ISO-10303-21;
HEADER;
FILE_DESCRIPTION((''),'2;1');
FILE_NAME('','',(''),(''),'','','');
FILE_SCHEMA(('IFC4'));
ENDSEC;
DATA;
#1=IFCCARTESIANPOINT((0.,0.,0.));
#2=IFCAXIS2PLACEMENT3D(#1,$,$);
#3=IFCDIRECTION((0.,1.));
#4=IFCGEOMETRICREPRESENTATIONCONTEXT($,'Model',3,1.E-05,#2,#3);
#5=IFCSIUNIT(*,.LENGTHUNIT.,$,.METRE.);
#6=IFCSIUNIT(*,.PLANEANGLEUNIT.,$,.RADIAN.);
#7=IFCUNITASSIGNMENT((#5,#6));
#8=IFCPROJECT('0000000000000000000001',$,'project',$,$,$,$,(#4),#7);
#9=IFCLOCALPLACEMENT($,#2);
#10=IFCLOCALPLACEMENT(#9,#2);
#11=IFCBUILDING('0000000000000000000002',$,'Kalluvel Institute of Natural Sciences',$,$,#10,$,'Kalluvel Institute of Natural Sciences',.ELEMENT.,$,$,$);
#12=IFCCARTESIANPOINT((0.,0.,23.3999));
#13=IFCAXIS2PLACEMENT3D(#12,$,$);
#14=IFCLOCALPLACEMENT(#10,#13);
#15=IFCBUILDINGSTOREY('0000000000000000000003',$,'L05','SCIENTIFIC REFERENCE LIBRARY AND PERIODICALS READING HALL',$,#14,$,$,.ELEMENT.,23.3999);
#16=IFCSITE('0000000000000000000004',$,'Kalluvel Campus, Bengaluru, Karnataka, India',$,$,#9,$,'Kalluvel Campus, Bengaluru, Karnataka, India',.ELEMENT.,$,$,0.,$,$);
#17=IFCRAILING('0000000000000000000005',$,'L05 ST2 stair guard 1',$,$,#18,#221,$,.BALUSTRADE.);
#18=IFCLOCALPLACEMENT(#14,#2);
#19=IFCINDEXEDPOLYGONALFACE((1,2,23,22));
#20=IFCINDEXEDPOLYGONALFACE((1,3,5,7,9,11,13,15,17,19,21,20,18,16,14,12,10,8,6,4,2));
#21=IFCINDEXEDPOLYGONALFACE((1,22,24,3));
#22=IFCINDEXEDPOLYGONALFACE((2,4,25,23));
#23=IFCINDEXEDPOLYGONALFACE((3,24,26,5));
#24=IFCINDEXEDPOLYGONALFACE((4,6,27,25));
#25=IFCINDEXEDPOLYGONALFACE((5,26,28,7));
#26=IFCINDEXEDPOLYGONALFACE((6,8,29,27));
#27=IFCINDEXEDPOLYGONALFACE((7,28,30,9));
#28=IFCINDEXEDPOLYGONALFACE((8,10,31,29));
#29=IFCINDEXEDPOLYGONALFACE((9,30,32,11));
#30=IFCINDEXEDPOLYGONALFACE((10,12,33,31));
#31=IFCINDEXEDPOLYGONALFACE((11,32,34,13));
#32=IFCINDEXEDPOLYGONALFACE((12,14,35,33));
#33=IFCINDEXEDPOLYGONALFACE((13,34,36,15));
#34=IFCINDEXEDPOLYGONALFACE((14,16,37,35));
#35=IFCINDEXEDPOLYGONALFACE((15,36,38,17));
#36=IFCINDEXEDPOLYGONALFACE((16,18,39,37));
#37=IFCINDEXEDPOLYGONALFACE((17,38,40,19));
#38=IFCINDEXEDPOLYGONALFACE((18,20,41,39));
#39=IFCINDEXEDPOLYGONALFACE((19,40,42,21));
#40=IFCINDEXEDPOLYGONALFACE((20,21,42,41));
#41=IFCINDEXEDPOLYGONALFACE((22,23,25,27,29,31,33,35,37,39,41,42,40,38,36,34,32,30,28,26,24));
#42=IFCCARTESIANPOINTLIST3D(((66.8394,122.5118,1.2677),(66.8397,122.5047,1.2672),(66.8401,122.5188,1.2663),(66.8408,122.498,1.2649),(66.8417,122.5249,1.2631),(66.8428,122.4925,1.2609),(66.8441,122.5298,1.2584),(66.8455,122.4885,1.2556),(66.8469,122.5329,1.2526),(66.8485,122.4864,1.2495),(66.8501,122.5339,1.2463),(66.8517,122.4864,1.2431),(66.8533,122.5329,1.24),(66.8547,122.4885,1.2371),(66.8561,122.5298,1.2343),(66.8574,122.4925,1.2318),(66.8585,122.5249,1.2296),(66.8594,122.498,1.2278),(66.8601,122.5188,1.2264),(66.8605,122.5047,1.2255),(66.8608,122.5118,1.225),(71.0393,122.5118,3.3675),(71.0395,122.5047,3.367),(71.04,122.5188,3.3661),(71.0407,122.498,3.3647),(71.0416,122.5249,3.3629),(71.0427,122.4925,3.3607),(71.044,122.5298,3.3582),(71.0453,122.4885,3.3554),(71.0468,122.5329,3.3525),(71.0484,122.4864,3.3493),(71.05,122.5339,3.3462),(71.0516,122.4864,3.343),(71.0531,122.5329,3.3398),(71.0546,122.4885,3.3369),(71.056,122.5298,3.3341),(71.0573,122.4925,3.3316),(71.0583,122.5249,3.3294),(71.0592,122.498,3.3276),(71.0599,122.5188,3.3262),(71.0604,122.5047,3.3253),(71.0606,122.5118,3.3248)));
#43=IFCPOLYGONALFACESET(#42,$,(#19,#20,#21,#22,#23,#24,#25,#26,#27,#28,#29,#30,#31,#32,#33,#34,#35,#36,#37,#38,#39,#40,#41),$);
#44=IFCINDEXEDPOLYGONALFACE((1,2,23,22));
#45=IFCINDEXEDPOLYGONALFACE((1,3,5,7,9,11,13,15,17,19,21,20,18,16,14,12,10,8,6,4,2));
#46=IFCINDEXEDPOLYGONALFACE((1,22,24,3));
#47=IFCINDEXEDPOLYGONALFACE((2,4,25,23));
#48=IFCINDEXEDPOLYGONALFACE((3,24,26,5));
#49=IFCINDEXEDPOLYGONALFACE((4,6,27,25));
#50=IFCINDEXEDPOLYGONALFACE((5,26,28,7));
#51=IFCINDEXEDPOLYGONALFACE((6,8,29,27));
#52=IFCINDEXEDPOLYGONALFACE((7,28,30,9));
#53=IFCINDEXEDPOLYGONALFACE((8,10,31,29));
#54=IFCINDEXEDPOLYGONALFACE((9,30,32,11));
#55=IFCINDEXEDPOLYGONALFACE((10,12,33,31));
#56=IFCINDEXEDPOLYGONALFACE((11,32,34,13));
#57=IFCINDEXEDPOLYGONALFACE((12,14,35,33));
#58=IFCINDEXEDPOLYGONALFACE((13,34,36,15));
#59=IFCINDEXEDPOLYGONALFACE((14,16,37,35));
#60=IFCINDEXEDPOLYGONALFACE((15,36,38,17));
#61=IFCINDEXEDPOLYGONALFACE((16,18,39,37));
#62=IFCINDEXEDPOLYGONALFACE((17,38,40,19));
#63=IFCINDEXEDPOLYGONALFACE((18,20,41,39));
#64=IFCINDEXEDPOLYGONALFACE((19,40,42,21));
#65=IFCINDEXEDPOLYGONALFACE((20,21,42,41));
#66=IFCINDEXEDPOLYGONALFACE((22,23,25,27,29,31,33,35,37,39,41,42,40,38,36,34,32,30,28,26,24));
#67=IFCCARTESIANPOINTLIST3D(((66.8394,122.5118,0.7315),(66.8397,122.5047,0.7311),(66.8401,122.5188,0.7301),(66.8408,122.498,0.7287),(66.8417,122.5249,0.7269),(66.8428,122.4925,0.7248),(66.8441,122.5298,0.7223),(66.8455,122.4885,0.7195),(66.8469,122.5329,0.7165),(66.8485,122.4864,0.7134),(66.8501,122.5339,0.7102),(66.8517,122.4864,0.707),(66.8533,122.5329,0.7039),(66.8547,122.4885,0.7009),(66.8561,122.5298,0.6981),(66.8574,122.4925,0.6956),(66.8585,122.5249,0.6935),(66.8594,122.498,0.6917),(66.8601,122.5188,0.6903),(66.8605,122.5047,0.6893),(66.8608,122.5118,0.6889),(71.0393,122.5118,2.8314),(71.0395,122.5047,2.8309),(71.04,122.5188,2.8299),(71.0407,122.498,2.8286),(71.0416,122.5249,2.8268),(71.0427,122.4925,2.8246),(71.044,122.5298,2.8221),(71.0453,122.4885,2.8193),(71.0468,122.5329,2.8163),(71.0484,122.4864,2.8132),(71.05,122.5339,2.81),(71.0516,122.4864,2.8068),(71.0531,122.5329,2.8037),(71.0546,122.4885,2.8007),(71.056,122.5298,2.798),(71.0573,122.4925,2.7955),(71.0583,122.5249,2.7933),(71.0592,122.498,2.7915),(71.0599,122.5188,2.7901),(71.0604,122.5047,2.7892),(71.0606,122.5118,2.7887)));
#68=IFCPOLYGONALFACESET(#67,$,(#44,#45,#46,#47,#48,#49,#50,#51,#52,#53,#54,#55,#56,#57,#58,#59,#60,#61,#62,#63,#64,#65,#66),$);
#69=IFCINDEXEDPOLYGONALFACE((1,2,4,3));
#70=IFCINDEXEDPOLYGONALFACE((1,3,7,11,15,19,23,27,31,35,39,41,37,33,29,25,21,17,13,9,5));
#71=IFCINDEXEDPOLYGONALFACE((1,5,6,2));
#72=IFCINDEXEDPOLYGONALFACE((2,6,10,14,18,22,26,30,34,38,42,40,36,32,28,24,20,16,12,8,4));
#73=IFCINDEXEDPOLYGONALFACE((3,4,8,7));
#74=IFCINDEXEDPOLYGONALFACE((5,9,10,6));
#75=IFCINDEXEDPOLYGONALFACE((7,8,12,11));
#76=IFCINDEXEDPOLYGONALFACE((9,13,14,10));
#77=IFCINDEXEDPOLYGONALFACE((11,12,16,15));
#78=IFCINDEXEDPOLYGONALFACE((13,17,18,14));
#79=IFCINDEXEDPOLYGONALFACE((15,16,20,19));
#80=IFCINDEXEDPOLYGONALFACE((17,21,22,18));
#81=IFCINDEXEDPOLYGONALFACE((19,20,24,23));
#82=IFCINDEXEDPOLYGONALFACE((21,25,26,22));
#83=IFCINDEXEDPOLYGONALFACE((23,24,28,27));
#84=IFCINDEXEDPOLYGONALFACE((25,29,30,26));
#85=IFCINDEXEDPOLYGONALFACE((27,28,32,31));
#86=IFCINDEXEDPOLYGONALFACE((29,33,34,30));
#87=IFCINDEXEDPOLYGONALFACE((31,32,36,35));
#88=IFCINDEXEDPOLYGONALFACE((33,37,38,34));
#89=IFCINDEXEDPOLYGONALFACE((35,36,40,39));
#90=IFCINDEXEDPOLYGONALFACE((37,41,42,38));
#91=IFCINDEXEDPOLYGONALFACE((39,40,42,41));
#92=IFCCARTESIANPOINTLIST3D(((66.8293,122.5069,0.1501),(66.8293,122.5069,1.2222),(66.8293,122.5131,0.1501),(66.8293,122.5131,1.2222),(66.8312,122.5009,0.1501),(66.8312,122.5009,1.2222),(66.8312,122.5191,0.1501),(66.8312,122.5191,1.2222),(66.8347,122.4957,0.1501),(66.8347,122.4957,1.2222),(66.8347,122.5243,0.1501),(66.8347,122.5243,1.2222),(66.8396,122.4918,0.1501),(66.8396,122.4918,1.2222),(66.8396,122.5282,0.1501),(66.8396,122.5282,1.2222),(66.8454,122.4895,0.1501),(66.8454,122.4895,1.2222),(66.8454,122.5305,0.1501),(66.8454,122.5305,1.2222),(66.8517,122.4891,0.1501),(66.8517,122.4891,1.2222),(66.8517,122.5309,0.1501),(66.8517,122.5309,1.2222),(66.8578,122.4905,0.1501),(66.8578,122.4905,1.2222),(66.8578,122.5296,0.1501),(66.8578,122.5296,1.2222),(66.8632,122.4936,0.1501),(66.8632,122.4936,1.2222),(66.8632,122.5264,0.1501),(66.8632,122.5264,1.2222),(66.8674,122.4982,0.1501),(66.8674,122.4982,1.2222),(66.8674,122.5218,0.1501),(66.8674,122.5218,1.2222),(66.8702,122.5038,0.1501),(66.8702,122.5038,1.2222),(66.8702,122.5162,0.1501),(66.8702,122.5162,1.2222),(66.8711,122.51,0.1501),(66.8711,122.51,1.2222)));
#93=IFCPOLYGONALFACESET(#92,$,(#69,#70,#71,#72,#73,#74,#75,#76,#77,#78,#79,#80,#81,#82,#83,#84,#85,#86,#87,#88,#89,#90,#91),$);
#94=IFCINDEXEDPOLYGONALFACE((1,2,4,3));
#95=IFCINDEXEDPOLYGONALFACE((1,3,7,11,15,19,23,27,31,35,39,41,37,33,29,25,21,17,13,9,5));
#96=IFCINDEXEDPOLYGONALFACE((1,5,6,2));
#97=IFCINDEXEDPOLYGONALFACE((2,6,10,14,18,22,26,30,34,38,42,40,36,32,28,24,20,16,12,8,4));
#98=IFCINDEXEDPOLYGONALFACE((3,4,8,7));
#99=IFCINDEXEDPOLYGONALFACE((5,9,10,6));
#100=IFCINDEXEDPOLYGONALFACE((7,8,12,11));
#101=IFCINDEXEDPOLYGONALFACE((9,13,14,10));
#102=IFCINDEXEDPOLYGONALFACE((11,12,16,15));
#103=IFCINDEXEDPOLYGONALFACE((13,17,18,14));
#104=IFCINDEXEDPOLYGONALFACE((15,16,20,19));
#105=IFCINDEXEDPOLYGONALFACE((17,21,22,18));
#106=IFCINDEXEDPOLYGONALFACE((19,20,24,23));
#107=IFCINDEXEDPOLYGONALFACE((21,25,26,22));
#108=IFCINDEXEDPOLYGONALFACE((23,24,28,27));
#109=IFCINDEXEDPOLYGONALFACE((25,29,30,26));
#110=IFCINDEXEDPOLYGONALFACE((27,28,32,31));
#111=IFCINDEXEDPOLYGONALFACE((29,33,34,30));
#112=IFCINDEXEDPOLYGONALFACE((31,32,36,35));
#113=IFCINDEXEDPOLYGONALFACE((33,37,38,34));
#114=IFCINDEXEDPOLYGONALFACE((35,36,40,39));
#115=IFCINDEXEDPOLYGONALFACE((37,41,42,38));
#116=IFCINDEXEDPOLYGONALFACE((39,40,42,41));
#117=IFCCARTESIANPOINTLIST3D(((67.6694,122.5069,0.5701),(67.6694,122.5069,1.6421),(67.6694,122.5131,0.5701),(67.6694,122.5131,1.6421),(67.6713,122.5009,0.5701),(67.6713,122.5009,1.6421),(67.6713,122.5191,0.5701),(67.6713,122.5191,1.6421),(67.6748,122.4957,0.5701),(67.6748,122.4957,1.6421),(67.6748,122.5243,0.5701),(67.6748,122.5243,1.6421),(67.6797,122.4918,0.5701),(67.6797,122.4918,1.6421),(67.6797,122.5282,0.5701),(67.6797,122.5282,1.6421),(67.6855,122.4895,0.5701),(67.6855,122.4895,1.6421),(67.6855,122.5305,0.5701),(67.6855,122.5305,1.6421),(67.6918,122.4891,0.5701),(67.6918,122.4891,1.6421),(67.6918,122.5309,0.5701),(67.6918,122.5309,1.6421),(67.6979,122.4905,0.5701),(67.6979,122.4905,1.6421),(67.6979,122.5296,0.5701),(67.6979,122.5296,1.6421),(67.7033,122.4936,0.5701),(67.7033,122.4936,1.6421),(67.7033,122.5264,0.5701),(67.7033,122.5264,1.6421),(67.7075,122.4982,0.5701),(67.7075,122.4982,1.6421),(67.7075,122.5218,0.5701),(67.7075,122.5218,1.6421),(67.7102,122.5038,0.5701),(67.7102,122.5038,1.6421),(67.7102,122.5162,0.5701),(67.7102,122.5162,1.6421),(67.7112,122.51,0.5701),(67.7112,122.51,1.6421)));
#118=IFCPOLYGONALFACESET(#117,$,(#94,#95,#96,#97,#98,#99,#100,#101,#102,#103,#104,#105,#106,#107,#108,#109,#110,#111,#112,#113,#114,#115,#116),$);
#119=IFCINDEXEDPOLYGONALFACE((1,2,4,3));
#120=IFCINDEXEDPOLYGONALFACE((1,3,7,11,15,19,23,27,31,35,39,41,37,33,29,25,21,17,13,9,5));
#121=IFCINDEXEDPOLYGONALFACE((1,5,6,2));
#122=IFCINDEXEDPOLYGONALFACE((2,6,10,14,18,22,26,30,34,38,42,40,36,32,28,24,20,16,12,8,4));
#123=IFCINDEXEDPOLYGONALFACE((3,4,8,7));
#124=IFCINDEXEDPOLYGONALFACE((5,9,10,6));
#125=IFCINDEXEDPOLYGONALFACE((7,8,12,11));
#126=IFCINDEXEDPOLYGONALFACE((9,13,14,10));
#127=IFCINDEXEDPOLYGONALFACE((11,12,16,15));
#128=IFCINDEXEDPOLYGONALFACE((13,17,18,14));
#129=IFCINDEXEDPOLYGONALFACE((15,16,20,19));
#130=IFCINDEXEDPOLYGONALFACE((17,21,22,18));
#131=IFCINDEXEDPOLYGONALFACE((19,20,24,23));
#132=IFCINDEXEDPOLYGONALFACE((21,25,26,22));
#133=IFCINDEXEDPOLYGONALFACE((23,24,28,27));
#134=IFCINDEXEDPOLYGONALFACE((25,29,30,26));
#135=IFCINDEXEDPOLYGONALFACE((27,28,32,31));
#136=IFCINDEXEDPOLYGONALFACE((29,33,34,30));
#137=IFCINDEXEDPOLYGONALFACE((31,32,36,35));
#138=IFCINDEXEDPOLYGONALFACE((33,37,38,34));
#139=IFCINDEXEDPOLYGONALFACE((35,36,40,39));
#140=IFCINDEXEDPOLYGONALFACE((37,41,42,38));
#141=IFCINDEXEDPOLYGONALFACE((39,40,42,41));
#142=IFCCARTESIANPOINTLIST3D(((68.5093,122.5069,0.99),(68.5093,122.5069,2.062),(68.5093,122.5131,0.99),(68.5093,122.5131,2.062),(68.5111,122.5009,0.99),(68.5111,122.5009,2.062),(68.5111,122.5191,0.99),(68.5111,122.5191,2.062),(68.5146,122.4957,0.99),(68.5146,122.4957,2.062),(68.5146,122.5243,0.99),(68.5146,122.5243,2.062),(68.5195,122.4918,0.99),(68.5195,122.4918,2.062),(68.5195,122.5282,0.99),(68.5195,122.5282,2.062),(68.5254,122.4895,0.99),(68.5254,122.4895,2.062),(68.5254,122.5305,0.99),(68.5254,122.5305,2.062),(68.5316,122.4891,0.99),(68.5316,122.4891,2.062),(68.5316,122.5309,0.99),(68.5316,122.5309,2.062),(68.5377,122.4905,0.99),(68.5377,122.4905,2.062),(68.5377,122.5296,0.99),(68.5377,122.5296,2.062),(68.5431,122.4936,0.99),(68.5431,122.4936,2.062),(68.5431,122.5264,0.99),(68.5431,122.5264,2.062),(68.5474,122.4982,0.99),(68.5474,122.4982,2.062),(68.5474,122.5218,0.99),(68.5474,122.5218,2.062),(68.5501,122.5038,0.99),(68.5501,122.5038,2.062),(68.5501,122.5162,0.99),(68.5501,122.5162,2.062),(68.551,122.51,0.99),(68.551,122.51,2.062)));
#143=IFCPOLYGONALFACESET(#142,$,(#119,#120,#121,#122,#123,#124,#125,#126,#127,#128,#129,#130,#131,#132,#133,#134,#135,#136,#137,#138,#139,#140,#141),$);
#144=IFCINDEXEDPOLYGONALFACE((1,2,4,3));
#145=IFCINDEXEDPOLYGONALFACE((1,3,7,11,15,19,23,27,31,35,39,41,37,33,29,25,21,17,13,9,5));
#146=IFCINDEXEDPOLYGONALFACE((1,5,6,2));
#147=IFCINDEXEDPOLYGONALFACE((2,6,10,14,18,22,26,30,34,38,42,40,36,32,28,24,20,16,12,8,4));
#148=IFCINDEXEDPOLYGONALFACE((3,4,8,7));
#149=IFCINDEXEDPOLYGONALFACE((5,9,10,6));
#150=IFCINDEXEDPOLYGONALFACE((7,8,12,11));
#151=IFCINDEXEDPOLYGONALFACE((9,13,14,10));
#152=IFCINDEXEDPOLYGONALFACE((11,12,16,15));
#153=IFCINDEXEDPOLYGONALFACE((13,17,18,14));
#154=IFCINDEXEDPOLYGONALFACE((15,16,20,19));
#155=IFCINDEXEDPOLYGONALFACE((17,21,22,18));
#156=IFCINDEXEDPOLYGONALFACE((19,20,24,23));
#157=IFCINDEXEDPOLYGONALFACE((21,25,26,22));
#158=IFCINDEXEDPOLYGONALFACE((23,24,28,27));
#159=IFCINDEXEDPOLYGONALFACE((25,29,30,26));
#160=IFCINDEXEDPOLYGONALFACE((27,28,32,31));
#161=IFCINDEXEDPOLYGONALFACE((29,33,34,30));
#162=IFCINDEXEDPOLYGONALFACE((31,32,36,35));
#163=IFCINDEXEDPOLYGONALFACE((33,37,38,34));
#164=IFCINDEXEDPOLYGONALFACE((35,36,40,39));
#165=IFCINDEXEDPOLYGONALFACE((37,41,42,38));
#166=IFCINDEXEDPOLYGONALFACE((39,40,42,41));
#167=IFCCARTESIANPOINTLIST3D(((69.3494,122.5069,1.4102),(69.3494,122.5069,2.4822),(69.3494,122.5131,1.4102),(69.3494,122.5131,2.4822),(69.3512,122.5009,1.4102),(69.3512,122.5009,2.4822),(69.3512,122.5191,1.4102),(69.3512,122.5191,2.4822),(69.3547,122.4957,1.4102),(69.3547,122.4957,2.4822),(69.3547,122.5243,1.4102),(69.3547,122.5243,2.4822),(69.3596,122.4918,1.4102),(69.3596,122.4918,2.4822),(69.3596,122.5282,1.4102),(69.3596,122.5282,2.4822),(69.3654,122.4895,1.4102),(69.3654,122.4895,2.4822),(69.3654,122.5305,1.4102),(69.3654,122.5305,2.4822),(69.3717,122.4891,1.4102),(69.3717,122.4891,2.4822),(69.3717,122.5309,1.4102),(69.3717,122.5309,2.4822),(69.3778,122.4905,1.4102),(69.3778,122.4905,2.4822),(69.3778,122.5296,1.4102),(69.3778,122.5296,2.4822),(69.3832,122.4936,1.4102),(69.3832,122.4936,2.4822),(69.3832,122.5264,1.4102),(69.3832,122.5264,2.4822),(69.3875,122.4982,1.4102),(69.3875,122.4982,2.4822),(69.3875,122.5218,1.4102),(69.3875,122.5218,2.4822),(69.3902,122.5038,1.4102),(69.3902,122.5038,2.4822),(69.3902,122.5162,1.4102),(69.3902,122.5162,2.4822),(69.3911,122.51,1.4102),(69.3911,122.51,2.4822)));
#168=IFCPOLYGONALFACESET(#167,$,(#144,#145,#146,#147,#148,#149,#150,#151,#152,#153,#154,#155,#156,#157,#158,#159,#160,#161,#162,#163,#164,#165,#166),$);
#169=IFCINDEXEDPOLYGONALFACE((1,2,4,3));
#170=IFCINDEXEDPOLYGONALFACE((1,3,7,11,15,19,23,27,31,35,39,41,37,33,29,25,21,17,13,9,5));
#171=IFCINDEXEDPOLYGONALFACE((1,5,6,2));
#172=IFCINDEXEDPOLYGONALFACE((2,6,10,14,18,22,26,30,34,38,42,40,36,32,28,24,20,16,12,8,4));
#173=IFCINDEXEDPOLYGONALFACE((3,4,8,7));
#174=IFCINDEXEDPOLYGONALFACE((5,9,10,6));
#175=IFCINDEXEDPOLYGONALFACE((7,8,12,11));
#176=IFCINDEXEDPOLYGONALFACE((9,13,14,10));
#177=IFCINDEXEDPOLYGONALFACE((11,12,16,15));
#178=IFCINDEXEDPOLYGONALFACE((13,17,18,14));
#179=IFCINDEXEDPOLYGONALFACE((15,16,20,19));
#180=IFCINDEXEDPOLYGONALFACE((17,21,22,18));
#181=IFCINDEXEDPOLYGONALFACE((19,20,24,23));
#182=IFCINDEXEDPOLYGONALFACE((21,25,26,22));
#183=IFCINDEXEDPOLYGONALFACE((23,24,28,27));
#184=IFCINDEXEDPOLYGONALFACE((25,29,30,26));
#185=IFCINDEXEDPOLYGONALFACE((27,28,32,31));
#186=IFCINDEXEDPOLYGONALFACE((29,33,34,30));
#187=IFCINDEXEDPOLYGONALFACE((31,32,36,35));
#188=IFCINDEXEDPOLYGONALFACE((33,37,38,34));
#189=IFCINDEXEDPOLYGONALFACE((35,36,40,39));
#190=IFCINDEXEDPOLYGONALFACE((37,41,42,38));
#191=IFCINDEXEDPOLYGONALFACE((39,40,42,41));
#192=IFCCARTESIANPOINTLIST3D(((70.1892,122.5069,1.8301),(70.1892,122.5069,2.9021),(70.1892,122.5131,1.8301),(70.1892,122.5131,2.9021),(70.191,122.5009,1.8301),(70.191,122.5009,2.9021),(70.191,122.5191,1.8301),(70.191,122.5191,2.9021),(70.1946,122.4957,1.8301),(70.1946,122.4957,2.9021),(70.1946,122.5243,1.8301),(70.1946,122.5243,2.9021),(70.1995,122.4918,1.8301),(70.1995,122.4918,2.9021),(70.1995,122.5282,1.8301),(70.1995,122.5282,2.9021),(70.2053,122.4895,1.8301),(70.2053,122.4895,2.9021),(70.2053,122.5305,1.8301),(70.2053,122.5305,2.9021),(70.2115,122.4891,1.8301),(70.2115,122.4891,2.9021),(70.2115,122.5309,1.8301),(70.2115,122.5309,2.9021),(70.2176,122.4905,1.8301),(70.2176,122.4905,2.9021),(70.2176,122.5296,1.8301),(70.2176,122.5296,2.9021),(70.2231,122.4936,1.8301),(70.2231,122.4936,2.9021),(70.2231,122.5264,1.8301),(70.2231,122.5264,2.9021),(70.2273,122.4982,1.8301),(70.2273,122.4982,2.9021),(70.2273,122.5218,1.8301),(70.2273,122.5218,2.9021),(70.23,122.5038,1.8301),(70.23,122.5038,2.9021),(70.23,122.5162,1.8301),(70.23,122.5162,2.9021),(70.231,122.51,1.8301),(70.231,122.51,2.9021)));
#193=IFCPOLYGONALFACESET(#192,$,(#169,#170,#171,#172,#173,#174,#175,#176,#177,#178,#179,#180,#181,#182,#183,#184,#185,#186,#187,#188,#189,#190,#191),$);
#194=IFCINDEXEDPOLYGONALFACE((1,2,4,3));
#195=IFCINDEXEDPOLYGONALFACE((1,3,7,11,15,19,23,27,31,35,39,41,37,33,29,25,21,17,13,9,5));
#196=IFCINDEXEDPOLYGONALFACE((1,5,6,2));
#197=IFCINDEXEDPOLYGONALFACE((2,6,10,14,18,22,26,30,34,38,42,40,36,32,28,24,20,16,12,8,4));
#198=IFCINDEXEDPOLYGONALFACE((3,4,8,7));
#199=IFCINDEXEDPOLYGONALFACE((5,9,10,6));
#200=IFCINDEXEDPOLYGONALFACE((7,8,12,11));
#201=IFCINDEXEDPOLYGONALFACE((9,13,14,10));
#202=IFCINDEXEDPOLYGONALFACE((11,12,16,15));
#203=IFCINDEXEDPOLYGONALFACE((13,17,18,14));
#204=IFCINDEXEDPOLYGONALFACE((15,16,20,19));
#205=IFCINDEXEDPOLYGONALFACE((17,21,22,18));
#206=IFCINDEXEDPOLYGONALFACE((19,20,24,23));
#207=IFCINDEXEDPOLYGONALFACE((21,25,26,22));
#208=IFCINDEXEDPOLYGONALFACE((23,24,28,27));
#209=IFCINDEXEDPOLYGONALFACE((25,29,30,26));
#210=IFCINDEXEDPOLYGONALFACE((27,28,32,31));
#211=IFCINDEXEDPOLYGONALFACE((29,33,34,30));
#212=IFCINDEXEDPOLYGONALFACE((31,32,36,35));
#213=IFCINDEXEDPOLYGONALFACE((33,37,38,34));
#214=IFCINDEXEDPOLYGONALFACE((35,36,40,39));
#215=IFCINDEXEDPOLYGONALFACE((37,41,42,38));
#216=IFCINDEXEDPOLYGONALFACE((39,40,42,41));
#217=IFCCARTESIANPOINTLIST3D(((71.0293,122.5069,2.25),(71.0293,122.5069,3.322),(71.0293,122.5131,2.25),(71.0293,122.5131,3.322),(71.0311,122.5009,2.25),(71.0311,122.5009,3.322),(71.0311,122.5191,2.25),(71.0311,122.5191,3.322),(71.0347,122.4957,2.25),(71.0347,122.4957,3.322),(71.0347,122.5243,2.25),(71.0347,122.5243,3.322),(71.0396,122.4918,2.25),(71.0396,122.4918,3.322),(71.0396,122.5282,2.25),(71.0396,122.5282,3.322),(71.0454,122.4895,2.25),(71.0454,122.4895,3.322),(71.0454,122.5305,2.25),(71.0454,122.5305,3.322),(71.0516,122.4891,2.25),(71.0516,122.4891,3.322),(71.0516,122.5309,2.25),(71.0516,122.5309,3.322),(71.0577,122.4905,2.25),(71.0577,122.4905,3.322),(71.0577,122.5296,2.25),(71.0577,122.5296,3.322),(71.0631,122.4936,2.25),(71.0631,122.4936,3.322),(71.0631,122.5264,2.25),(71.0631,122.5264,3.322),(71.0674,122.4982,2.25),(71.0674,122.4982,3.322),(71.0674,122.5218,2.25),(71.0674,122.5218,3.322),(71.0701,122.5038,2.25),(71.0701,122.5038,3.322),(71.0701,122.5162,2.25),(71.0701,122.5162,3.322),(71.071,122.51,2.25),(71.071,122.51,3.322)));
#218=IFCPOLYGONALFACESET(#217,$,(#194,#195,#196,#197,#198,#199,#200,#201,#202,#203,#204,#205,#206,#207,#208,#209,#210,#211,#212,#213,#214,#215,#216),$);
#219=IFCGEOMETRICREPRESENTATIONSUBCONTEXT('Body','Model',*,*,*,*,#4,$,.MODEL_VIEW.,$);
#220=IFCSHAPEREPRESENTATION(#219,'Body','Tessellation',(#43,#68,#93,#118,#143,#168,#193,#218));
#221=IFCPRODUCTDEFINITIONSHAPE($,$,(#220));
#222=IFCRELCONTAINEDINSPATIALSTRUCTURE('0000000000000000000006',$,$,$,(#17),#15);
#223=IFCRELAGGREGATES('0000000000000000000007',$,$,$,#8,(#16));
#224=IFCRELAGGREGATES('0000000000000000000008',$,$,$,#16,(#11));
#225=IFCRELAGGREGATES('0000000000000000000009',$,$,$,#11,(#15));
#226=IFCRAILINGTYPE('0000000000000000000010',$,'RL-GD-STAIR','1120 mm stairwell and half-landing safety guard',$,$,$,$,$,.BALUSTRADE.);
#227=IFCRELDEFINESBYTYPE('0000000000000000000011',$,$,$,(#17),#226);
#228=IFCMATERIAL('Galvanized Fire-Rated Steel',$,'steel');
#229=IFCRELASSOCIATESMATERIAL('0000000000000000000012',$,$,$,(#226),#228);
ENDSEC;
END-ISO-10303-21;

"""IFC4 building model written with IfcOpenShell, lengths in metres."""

from ifc_helpers import new_model, si_unit, direction, frame, origin, origin_2d, place, context, subcontext, project, spatial, circle, extrude, material, type_object, element, save


model = new_model("IFC4")

# Units and contexts
model_context = context("Model", 3, precision=1e-05, world=origin(), true_north=direction((0.0, 1.0)))
body_context = subcontext(model_context, "Body", "Model", "MODEL_VIEW")
ifc_project = project(units=[si_unit("LENGTHUNIT", "METRE"), si_unit("PLANEANGLEUNIT", "RADIAN")], contexts=[model_context])

# Site, building, storey
site_placement = place(None, origin())
site = spatial("IfcSite", under=ifc_project, at=site_placement, Name="Kalluvel Campus, Bengaluru, Karnataka, India", LongName="Kalluvel Campus, Bengaluru, Karnataka, India", CompositionType="ELEMENT", RefElevation=0.0)
building_placement = place(site_placement, origin())
building = spatial("IfcBuilding", under=site, at=building_placement, Name="Kalluvel Institute of Natural Sciences", LongName="Kalluvel Institute of Natural Sciences", CompositionType="ELEMENT")
storey_placement = place(building_placement, frame((0.0, 0.0, 23.3999)))
storey = spatial("IfcBuildingStorey", under=building, at=storey_placement, Name="L05", Description="SCIENTIFIC REFERENCE LIBRARY AND PERIODICALS READING HALL", CompositionType="ELEMENT", Elevation=23.3999)

# Shared definitions
ifc_material_1 = material(Name="Galvanized Fire-Rated Steel", Category="steel")

# Railing
railing_type_1 = type_object("IfcRailingType", Name="RL-GD-STAIR", Description="1120 mm stairwell and half-landing safety guard", PredefinedType="BALUSTRADE", material=ifc_material_1)
railing_1_placement = place(storey_placement, frame((66.8501, 122.51, 0.1501)))
element("IfcRailing", 1, at=railing_1_placement, inside=storey, type_object=railing_type_1, Name="L05 ST2 stair guard 1", PredefinedType="BALUSTRADE", context=body_context, shape_type="SweptSolid", body=[
    extrude(circle(Radius=0.0239, at=origin_2d()), frame((0.0, 0.0, 1.0962), z_axis=(0.894438, 0.0, 0.447193), x_axis=(0.0, 1.0, 0.0)), (0.0, 0.0, 1.0), 4.6956),
    extrude(circle(Radius=0.0239, at=origin_2d()), frame((0.0, 0.0, 0.5601), z_axis=(0.894438, 0.0, 0.447193), x_axis=(0.0, 1.0, 0.0)), (0.0, 0.0, 1.0), 4.6956),
    extrude(circle(Radius=0.021, at=origin_2d()), origin(), (0.0, 0.0, 1.0), 1.072),
    extrude(circle(Radius=0.021, at=origin_2d()), frame((0.8401, 0.0, 0.4199)), (0.0, 0.0, 1.0), 1.072),
    extrude(circle(Radius=0.021, at=origin_2d()), frame((1.6799, 0.0, 0.8398)), (0.0, 0.0, 1.0), 1.072),
    extrude(circle(Radius=0.021, at=origin_2d()), frame((2.52, 0.0, 1.26)), (0.0, 0.0, 1.0), 1.072),
    extrude(circle(Radius=0.021, at=origin_2d()), frame((3.3599, 0.0, 1.6799)), (0.0, 0.0, 1.0), 1.072),
    extrude(circle(Radius=0.021, at=origin_2d()), frame((4.2, 0.0, 2.0999)), (0.0, 0.0, 1.0), 1.072),
])

save(model, "model.ifc")
